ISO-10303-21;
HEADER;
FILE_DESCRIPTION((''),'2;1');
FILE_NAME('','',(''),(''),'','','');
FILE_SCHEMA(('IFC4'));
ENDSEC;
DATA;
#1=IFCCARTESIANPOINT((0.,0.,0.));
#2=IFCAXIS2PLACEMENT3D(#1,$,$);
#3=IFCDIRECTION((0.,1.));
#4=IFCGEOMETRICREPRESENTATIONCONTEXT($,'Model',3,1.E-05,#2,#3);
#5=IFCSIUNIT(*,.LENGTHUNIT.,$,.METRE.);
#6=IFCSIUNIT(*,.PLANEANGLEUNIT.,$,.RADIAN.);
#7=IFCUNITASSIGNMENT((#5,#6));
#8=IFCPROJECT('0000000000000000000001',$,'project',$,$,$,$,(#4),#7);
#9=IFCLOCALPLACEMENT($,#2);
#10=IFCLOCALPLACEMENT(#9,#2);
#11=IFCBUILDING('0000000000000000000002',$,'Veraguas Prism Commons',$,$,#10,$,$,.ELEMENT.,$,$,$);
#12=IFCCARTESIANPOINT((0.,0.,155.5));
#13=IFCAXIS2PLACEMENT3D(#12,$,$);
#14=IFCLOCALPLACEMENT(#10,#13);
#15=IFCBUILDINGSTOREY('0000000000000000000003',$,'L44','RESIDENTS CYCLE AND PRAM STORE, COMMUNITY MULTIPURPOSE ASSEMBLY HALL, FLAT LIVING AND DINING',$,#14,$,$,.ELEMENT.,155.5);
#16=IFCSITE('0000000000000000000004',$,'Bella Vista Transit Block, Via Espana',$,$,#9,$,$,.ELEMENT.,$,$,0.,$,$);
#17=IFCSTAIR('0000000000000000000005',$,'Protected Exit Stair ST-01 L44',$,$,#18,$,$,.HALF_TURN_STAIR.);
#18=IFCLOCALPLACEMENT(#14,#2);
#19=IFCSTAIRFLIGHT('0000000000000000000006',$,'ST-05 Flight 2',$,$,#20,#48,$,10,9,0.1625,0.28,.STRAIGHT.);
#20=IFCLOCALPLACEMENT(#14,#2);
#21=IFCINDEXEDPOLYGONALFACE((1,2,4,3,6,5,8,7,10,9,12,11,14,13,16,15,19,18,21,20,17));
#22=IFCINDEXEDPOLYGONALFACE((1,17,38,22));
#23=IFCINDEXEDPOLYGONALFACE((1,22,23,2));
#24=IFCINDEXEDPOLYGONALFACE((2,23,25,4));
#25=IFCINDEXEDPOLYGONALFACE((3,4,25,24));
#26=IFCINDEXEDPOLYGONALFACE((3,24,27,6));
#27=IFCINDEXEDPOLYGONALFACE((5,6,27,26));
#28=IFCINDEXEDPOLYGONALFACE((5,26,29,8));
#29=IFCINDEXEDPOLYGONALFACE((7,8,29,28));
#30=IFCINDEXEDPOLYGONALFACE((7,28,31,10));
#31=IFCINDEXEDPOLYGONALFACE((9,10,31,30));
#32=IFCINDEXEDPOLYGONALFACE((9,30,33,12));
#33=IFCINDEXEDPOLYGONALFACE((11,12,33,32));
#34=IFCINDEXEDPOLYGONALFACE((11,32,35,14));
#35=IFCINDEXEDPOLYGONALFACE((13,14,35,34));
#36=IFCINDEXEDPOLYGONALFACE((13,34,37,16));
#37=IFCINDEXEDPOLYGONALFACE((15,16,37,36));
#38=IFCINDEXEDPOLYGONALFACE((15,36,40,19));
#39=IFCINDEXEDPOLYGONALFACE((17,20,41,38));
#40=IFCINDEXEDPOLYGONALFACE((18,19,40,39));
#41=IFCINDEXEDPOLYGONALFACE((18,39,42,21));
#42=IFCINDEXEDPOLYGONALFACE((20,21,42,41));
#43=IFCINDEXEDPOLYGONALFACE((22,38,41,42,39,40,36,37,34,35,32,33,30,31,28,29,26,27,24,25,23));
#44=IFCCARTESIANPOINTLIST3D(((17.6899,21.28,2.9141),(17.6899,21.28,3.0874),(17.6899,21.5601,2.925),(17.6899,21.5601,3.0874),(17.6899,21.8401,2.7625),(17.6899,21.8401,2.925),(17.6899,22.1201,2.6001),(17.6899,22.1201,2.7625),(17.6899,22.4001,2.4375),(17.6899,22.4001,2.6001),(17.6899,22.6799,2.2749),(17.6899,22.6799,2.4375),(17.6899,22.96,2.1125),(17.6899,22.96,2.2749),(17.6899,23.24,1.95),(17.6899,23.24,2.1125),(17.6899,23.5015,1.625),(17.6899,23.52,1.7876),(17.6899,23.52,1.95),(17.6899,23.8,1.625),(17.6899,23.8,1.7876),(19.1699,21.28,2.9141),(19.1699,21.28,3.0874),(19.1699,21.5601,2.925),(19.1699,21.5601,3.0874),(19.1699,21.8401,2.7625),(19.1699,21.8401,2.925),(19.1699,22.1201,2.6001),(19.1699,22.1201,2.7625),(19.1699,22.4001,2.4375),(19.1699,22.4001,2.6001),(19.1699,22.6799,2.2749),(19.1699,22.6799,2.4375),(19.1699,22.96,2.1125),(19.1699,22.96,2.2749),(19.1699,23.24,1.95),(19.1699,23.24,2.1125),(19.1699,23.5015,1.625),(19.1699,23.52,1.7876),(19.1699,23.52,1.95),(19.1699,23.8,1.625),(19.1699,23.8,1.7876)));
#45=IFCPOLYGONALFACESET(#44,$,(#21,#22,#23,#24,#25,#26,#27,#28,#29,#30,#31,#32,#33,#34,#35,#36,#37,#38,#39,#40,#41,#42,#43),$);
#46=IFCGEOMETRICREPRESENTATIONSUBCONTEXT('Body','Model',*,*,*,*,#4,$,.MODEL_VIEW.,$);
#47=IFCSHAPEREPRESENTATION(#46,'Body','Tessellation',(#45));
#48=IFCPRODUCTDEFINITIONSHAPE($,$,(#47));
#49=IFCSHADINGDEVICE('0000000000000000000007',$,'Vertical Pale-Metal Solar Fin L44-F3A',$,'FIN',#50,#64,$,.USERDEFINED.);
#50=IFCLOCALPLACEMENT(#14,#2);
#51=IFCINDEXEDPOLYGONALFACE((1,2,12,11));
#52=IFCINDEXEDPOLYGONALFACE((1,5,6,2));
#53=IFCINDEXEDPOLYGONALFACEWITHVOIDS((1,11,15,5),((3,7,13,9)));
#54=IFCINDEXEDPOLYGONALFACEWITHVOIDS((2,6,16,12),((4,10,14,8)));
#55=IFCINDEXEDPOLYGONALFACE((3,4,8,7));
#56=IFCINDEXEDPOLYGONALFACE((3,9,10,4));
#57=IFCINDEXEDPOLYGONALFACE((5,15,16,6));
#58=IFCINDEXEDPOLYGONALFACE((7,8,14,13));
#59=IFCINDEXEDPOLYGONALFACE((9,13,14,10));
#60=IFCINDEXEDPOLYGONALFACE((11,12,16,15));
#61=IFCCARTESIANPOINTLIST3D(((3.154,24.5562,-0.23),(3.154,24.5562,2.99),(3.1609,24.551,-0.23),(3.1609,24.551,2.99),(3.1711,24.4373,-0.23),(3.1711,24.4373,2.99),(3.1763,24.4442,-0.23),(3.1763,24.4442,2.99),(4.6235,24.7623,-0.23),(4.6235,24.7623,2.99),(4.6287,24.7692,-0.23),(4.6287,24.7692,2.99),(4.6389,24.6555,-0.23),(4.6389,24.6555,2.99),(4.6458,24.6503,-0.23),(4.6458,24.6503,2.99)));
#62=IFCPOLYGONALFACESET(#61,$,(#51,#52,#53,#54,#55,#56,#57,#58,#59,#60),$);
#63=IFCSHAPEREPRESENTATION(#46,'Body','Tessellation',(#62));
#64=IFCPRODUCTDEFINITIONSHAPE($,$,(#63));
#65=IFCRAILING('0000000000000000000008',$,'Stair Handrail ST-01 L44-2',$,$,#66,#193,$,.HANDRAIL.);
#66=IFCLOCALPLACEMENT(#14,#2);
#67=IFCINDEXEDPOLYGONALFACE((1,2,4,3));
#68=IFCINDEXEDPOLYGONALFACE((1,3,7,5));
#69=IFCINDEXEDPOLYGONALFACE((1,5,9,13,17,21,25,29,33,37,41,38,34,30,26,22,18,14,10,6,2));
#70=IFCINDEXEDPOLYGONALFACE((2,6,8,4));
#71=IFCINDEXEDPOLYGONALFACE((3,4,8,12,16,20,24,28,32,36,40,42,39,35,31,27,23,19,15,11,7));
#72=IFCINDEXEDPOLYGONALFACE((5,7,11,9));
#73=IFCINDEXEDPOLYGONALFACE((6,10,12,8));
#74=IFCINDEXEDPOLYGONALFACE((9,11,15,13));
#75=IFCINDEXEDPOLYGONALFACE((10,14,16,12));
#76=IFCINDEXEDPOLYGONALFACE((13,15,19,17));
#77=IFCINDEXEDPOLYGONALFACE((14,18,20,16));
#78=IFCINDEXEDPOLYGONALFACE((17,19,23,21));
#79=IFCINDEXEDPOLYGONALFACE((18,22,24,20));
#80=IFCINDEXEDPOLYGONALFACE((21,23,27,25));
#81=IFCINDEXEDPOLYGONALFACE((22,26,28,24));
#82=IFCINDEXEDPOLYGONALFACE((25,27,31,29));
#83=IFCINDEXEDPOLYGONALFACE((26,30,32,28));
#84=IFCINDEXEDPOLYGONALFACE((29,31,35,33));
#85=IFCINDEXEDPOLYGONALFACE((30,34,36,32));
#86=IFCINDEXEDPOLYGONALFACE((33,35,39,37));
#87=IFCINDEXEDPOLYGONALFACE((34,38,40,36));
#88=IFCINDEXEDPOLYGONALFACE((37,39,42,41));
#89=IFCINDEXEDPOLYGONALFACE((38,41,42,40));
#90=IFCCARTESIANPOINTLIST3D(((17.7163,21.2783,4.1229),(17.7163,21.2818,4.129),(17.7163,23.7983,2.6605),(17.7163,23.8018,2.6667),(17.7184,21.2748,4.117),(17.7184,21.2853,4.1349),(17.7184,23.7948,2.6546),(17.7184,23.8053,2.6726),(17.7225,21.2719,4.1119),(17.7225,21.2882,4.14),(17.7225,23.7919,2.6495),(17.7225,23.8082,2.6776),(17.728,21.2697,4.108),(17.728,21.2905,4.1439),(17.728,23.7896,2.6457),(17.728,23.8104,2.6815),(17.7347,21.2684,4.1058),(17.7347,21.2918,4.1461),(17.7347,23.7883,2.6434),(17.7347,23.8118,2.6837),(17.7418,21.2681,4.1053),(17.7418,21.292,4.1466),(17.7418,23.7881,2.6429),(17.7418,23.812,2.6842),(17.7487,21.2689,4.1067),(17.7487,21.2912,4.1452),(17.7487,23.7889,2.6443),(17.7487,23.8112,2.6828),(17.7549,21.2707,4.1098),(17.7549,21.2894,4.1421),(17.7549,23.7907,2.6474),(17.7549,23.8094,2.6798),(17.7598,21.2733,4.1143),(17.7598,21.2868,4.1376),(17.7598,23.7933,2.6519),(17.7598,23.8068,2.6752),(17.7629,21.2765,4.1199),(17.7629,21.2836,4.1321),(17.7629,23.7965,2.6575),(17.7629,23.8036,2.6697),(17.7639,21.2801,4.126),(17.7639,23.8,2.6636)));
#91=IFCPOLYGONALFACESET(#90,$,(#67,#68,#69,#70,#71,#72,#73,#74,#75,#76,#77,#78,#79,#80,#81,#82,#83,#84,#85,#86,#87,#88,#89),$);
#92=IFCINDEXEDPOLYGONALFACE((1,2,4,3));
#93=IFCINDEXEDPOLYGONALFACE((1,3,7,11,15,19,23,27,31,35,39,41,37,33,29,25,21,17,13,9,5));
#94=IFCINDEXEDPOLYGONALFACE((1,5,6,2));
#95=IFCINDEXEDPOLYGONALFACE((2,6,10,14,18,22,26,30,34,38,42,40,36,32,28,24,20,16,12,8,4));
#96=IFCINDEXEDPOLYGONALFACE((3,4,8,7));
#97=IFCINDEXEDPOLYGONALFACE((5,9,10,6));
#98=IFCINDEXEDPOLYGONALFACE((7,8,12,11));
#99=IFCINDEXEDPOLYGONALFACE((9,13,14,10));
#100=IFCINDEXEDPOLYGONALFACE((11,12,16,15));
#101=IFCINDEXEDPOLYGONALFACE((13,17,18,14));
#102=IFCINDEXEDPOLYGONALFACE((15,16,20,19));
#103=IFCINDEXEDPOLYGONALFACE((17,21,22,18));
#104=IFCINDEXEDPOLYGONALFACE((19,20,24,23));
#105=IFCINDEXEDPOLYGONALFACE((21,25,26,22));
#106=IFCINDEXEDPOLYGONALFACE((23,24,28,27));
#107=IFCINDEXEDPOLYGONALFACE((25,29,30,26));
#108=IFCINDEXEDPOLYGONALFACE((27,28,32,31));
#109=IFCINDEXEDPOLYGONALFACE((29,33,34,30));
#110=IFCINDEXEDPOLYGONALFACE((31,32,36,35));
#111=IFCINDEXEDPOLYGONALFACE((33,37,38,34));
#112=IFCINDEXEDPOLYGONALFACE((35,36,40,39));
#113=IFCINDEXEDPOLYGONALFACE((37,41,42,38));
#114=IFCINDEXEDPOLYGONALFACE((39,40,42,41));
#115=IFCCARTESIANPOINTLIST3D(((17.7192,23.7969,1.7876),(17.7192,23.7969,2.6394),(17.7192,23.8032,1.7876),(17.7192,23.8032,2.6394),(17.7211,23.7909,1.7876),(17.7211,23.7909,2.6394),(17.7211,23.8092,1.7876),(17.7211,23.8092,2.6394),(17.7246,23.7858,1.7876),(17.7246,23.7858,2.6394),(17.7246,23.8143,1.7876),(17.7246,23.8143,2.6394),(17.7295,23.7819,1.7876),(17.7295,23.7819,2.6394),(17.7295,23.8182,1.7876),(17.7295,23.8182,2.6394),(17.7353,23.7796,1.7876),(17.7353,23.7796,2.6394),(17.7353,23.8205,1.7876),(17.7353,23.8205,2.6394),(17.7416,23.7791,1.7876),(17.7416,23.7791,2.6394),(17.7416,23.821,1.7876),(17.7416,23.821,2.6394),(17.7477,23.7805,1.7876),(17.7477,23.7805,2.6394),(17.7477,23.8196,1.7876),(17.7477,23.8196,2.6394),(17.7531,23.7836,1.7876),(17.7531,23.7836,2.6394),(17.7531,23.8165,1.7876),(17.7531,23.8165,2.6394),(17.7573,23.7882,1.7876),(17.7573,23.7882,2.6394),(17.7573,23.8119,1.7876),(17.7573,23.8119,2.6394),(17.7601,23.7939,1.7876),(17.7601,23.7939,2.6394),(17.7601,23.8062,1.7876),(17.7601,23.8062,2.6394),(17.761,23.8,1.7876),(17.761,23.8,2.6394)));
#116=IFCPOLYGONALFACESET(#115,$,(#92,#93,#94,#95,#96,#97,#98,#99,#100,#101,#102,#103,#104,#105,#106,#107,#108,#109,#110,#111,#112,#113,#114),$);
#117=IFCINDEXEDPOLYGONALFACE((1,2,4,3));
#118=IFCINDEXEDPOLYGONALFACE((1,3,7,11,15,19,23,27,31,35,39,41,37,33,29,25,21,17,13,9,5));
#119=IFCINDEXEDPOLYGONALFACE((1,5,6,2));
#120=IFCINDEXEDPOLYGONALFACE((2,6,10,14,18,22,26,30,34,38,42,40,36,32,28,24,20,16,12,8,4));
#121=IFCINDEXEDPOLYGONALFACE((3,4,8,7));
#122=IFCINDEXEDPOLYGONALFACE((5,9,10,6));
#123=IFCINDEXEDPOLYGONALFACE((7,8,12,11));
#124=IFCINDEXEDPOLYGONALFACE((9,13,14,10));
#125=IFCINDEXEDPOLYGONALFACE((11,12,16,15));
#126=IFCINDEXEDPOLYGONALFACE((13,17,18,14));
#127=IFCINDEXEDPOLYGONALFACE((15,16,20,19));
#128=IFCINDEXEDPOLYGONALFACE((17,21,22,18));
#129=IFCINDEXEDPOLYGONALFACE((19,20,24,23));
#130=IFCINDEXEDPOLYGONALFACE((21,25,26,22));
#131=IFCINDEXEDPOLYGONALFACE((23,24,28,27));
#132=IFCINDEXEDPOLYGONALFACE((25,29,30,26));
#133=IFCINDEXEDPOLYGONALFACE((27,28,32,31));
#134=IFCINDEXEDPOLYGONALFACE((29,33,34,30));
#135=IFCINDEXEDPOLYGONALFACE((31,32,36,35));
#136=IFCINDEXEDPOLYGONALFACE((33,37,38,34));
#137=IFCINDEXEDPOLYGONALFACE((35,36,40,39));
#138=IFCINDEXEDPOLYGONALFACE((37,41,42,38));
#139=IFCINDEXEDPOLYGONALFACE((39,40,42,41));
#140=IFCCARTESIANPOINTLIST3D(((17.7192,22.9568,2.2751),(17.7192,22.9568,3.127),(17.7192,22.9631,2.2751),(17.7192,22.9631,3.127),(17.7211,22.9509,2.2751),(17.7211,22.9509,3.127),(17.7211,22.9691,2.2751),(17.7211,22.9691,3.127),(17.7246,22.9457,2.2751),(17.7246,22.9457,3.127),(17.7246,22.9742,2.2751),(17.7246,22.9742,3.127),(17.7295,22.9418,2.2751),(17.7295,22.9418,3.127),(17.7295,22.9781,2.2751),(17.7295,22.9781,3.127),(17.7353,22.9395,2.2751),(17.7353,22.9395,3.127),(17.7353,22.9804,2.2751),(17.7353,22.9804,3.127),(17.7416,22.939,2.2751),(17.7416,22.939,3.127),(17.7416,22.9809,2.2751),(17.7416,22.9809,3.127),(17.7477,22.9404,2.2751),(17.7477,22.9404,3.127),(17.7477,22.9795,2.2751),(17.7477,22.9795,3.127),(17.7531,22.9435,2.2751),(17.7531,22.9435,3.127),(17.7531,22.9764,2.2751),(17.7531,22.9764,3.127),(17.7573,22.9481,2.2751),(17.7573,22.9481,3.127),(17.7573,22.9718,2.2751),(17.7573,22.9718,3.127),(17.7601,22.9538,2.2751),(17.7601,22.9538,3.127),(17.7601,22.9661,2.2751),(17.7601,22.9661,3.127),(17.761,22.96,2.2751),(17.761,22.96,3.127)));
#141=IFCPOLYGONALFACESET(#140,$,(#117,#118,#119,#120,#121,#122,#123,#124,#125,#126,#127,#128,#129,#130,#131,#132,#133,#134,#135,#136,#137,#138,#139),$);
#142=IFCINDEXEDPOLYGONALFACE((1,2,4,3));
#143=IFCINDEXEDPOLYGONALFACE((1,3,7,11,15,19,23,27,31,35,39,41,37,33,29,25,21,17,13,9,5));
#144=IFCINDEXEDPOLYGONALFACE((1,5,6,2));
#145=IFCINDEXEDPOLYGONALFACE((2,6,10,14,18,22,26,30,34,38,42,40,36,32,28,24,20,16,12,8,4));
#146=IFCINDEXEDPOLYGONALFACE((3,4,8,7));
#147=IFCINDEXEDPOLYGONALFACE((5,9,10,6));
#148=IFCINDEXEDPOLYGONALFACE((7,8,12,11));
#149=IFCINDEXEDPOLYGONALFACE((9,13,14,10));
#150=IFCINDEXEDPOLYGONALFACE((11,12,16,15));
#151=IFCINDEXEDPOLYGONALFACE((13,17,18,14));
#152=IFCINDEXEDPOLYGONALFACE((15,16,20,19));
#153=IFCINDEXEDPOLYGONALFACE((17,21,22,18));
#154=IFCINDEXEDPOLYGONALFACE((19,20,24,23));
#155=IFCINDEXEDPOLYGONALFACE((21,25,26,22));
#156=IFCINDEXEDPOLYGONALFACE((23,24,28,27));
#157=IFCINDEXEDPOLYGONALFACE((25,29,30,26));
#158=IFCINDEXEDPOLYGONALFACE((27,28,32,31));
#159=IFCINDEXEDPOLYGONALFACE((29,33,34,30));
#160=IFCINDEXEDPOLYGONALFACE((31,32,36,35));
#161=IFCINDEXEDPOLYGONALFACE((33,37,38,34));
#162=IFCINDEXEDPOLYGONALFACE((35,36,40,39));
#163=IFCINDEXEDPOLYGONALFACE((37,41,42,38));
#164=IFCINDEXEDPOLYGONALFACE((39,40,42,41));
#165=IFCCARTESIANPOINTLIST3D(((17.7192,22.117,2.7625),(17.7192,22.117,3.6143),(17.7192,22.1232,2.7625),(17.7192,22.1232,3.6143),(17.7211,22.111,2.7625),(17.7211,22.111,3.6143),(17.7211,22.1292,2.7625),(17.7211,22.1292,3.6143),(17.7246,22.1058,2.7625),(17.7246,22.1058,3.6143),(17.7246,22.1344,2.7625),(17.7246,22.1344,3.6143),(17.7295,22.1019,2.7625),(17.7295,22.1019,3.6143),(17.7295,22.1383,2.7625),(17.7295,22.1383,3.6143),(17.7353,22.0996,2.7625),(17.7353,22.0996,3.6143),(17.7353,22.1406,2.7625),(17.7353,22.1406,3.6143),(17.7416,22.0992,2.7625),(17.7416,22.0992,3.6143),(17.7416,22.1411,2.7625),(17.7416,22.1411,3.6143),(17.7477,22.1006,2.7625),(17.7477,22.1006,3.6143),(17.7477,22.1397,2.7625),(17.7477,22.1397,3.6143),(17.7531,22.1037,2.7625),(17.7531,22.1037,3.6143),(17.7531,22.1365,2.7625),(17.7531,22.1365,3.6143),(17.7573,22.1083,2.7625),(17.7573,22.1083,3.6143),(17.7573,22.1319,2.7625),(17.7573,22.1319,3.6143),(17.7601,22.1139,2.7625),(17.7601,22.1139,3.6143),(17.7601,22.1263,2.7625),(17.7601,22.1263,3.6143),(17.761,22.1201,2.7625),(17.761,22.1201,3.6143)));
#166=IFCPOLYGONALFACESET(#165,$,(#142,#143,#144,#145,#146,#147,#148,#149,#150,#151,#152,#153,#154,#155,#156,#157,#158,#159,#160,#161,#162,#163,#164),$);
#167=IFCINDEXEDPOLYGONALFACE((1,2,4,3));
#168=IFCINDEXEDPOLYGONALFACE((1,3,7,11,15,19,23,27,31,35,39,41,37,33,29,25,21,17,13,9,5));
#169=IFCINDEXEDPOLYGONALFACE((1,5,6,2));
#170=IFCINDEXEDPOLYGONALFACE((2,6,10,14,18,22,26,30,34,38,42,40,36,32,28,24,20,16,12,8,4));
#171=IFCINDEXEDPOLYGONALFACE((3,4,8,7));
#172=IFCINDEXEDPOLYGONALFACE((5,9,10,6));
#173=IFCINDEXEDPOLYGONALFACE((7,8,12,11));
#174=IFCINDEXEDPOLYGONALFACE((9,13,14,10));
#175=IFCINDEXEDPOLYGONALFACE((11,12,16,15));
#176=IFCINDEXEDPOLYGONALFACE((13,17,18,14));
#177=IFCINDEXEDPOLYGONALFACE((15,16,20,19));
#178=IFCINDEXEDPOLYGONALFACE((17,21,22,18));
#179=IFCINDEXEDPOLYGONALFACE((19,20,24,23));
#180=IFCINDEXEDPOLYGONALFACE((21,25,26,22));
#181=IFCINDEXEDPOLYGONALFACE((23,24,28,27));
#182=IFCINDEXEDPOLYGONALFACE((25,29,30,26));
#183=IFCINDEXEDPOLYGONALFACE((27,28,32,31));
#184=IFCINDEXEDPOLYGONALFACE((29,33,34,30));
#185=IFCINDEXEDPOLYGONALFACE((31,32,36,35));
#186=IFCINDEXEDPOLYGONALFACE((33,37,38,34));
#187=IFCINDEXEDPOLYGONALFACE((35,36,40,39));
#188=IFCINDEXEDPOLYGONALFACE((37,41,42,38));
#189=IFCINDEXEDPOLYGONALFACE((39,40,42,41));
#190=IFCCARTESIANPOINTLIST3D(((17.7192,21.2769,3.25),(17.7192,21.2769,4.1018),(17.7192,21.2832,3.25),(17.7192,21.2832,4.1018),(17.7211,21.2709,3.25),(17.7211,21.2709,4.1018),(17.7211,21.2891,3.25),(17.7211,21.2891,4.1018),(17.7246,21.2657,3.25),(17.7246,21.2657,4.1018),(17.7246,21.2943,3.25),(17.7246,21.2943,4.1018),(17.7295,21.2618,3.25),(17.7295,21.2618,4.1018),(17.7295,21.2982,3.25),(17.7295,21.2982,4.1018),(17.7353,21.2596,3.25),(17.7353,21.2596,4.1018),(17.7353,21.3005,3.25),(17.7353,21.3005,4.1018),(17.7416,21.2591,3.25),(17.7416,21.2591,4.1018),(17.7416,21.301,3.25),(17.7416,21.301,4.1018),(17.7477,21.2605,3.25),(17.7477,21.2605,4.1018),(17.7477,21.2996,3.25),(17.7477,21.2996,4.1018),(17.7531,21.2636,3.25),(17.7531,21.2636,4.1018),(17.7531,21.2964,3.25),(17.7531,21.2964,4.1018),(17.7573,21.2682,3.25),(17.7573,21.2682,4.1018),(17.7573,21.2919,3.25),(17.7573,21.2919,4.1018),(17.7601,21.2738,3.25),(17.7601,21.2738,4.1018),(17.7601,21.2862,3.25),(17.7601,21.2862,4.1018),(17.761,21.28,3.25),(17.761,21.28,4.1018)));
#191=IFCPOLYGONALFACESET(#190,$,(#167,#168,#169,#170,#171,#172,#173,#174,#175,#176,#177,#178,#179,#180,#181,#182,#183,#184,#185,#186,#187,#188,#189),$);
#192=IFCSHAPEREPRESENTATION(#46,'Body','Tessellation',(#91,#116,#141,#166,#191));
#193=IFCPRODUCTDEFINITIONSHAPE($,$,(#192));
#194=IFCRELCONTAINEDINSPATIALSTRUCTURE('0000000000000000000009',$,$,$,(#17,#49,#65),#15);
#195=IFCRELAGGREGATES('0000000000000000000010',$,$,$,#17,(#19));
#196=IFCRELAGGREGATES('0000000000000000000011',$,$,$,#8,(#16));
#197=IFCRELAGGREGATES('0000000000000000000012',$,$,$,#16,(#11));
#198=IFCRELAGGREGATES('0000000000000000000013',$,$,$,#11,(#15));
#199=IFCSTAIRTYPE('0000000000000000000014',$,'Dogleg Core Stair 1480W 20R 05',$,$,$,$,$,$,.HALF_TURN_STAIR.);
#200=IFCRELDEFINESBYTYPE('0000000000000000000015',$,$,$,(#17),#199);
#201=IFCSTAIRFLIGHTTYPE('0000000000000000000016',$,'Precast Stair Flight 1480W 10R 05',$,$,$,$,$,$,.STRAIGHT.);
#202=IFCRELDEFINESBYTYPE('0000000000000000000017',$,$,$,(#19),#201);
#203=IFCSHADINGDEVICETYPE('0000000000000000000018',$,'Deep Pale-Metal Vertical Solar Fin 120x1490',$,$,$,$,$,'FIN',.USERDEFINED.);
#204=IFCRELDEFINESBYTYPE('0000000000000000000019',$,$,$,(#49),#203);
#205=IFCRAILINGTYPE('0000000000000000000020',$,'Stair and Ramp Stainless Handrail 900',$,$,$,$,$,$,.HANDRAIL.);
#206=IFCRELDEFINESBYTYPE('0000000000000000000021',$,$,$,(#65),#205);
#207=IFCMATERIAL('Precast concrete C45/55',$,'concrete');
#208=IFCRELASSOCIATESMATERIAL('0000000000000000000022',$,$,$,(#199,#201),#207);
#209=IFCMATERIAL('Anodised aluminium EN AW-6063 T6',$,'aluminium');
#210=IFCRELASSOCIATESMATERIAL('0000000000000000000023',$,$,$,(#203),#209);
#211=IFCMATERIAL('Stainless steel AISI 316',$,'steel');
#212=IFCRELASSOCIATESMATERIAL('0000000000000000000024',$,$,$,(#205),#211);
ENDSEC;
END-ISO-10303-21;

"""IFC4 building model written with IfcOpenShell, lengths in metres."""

from ifc_helpers import new_model, si_unit, direction, frame, origin, origin_2d, place, context, subcontext, project, spatial, polyline, hollow_rectangle, circle, outline, extrude, material, material_profile, profile_set, type_object, element, aggregate, save


model = new_model("IFC4")

# Units and contexts
model_context = context("Model", 3, precision=1e-05, world=origin(), true_north=direction((0.0, 1.0)))
body_context = subcontext(model_context, "Body", "Model", "MODEL_VIEW")
ifc_project = project(units=[si_unit("LENGTHUNIT", "METRE"), si_unit("PLANEANGLEUNIT", "RADIAN")], contexts=[model_context])

# Site, building, storey
site_placement = place(None, origin())
site = spatial("IfcSite", under=ifc_project, at=site_placement, Name="Bella Vista Transit Block, Via Espana", CompositionType="ELEMENT", RefElevation=0.0)
building_placement = place(site_placement, origin())
building = spatial("IfcBuilding", under=site, at=building_placement, Name="Veraguas Prism Commons", CompositionType="ELEMENT")
storey_placement = place(building_placement, frame((0.0, 0.0, 155.5)))
storey = spatial("IfcBuildingStorey", under=building, at=storey_placement, Name="L44", Description="RESIDENTS CYCLE AND PRAM STORE, COMMUNITY MULTIPURPOSE ASSEMBLY HALL, FLAT LIVING AND DINING", CompositionType="ELEMENT", Elevation=155.5)

# Shared definitions
ifc_material_1 = material(Name="Anodised aluminium EN AW-6063 T6", Category="aluminium")

# Stair, stair flight
ifc_material_2 = material(Name="Precast concrete C45/55", Category="concrete")
stair_type = type_object("IfcStairType", Name="Dogleg Core Stair 1480W 20R 05", PredefinedType="HALF_TURN_STAIR", material=ifc_material_2)
stair_placement = place(storey_placement, origin())
stair = element("IfcStair", 1, at=stair_placement, inside=storey, type_object=stair_type, Name="Protected Exit Stair ST-01 L44", PredefinedType="HALF_TURN_STAIR")
stair_flight_type = type_object("IfcStairFlightType", Name="Precast Stair Flight 1480W 10R 05", PredefinedType="STRAIGHT", material=ifc_material_2)
stair_flight_placement = place(storey_placement, frame((18.4299, 23.8, 1.625), z_axis=(0.0, 0.0, 1.0), x_axis=(0.0, -1.0, 0.0)))
stair_flight = element("IfcStairFlight", 2, at=stair_flight_placement, type_object=stair_flight_type, Name="ST-05 Flight 2", NumberOfRisers=10, NumberOfTreads=9, PredefinedType="STRAIGHT", RiserHeight=0.1625, TreadLength=0.28, context=body_context, shape_type="SweptSolid", body=[
    extrude(outline(polyline([(0.0, 0.0), (0.0, 0.1626), (0.28, 0.1626), (0.28, 0.325), (0.5601, 0.325), (0.5601, 0.4875), (0.8401, 0.4875), (0.8401, 0.6499), (1.1201, 0.6499), (1.1201, 0.8125), (1.3999, 0.8125), (1.3999, 0.9751), (1.6799, 0.9751), (1.6799, 1.1375), (1.96, 1.1375), (1.96, 1.3), (2.24, 1.3), (2.24, 1.4624), (2.52, 1.4624), (2.52, 1.625), (2.52, 1.2891), (0.2986, 0.0), (0.0, 0.0)])), frame((0.0, 0.74, 0.0), z_axis=(0.0, -1.0, 0.0), x_axis=(1.0, 0.0, 0.0)), (0.0, 0.0, 1.0), 1.48),
])
aggregate(stair, [stair_flight])

# Shading device
ifc_material_profile_1 = material_profile(ifc_material_1, hollow_rectangle(XDim=0.1201, YDim=1.49, WallThickness=0.0061, at=origin_2d()), Name="FIN120X1490X6")
ifc_profile_set_1 = profile_set([ifc_material_profile_1], Name="Anodised aluminium EN AW-6063 T6")
shading_device_type = type_object("IfcShadingDeviceType", Name="Deep Pale-Metal Vertical Solar Fin 120x1490", ElementType="FIN", PredefinedType="USERDEFINED", material=ifc_profile_set_1)
shading_device_placement = place(storey_placement, frame((3.8999, 24.6033, -0.23), z_axis=(0.0, 0.0, 1.0), x_axis=(0.142973, -0.989727, 0.0)))
element("IfcShadingDevice", 3, at=shading_device_placement, inside=storey, type_object=shading_device_type, Name="Vertical Pale-Metal Solar Fin L44-F3A", ObjectType="FIN", PredefinedType="USERDEFINED", context=body_context, shape_type="SweptSolid", body=[
    extrude(hollow_rectangle(XDim=0.1201, YDim=1.49, WallThickness=0.0061, at=origin_2d()), origin(), (0.0, 0.0, 1.0), 3.22),
])

# Railing
ifc_material_3 = material(Name="Stainless steel AISI 316", Category="steel")
railing_type_1 = type_object("IfcRailingType", Name="Stair and Ramp Stainless Handrail 900", PredefinedType="HANDRAIL", material=ifc_material_3)
railing_1_placement = place(storey_placement, frame((17.74, 23.8, 1.7876)))
element("IfcRailing", 4, at=railing_1_placement, inside=storey, type_object=railing_type_1, Name="Stair Handrail ST-01 L44-2", PredefinedType="HANDRAIL", context=body_context, shape_type="SweptSolid", body=[
    extrude(circle(Radius=0.0239, at=origin_2d()), frame((0.0, 0.0, 0.876), z_axis=(0.0, -0.864913, 0.501921), x_axis=(1.0, 0.0, 0.0)), (0.0, 0.0, 1.0), 2.9136),
    extrude(circle(Radius=0.021, at=origin_2d()), origin(), (0.0, 0.0, 1.0), 0.8518),
    extrude(circle(Radius=0.021, at=origin_2d()), frame((0.0, -0.8401, 0.4875)), (0.0, 0.0, 1.0), 0.8518),
    extrude(circle(Radius=0.021, at=origin_2d()), frame((0.0, -1.6799, 0.9749)), (0.0, 0.0, 1.0), 0.8518),
    extrude(circle(Radius=0.021, at=origin_2d()), frame((0.0, -2.52, 1.4624)), (0.0, 0.0, 1.0), 0.8518),
])

save(model, "model.ifc")
